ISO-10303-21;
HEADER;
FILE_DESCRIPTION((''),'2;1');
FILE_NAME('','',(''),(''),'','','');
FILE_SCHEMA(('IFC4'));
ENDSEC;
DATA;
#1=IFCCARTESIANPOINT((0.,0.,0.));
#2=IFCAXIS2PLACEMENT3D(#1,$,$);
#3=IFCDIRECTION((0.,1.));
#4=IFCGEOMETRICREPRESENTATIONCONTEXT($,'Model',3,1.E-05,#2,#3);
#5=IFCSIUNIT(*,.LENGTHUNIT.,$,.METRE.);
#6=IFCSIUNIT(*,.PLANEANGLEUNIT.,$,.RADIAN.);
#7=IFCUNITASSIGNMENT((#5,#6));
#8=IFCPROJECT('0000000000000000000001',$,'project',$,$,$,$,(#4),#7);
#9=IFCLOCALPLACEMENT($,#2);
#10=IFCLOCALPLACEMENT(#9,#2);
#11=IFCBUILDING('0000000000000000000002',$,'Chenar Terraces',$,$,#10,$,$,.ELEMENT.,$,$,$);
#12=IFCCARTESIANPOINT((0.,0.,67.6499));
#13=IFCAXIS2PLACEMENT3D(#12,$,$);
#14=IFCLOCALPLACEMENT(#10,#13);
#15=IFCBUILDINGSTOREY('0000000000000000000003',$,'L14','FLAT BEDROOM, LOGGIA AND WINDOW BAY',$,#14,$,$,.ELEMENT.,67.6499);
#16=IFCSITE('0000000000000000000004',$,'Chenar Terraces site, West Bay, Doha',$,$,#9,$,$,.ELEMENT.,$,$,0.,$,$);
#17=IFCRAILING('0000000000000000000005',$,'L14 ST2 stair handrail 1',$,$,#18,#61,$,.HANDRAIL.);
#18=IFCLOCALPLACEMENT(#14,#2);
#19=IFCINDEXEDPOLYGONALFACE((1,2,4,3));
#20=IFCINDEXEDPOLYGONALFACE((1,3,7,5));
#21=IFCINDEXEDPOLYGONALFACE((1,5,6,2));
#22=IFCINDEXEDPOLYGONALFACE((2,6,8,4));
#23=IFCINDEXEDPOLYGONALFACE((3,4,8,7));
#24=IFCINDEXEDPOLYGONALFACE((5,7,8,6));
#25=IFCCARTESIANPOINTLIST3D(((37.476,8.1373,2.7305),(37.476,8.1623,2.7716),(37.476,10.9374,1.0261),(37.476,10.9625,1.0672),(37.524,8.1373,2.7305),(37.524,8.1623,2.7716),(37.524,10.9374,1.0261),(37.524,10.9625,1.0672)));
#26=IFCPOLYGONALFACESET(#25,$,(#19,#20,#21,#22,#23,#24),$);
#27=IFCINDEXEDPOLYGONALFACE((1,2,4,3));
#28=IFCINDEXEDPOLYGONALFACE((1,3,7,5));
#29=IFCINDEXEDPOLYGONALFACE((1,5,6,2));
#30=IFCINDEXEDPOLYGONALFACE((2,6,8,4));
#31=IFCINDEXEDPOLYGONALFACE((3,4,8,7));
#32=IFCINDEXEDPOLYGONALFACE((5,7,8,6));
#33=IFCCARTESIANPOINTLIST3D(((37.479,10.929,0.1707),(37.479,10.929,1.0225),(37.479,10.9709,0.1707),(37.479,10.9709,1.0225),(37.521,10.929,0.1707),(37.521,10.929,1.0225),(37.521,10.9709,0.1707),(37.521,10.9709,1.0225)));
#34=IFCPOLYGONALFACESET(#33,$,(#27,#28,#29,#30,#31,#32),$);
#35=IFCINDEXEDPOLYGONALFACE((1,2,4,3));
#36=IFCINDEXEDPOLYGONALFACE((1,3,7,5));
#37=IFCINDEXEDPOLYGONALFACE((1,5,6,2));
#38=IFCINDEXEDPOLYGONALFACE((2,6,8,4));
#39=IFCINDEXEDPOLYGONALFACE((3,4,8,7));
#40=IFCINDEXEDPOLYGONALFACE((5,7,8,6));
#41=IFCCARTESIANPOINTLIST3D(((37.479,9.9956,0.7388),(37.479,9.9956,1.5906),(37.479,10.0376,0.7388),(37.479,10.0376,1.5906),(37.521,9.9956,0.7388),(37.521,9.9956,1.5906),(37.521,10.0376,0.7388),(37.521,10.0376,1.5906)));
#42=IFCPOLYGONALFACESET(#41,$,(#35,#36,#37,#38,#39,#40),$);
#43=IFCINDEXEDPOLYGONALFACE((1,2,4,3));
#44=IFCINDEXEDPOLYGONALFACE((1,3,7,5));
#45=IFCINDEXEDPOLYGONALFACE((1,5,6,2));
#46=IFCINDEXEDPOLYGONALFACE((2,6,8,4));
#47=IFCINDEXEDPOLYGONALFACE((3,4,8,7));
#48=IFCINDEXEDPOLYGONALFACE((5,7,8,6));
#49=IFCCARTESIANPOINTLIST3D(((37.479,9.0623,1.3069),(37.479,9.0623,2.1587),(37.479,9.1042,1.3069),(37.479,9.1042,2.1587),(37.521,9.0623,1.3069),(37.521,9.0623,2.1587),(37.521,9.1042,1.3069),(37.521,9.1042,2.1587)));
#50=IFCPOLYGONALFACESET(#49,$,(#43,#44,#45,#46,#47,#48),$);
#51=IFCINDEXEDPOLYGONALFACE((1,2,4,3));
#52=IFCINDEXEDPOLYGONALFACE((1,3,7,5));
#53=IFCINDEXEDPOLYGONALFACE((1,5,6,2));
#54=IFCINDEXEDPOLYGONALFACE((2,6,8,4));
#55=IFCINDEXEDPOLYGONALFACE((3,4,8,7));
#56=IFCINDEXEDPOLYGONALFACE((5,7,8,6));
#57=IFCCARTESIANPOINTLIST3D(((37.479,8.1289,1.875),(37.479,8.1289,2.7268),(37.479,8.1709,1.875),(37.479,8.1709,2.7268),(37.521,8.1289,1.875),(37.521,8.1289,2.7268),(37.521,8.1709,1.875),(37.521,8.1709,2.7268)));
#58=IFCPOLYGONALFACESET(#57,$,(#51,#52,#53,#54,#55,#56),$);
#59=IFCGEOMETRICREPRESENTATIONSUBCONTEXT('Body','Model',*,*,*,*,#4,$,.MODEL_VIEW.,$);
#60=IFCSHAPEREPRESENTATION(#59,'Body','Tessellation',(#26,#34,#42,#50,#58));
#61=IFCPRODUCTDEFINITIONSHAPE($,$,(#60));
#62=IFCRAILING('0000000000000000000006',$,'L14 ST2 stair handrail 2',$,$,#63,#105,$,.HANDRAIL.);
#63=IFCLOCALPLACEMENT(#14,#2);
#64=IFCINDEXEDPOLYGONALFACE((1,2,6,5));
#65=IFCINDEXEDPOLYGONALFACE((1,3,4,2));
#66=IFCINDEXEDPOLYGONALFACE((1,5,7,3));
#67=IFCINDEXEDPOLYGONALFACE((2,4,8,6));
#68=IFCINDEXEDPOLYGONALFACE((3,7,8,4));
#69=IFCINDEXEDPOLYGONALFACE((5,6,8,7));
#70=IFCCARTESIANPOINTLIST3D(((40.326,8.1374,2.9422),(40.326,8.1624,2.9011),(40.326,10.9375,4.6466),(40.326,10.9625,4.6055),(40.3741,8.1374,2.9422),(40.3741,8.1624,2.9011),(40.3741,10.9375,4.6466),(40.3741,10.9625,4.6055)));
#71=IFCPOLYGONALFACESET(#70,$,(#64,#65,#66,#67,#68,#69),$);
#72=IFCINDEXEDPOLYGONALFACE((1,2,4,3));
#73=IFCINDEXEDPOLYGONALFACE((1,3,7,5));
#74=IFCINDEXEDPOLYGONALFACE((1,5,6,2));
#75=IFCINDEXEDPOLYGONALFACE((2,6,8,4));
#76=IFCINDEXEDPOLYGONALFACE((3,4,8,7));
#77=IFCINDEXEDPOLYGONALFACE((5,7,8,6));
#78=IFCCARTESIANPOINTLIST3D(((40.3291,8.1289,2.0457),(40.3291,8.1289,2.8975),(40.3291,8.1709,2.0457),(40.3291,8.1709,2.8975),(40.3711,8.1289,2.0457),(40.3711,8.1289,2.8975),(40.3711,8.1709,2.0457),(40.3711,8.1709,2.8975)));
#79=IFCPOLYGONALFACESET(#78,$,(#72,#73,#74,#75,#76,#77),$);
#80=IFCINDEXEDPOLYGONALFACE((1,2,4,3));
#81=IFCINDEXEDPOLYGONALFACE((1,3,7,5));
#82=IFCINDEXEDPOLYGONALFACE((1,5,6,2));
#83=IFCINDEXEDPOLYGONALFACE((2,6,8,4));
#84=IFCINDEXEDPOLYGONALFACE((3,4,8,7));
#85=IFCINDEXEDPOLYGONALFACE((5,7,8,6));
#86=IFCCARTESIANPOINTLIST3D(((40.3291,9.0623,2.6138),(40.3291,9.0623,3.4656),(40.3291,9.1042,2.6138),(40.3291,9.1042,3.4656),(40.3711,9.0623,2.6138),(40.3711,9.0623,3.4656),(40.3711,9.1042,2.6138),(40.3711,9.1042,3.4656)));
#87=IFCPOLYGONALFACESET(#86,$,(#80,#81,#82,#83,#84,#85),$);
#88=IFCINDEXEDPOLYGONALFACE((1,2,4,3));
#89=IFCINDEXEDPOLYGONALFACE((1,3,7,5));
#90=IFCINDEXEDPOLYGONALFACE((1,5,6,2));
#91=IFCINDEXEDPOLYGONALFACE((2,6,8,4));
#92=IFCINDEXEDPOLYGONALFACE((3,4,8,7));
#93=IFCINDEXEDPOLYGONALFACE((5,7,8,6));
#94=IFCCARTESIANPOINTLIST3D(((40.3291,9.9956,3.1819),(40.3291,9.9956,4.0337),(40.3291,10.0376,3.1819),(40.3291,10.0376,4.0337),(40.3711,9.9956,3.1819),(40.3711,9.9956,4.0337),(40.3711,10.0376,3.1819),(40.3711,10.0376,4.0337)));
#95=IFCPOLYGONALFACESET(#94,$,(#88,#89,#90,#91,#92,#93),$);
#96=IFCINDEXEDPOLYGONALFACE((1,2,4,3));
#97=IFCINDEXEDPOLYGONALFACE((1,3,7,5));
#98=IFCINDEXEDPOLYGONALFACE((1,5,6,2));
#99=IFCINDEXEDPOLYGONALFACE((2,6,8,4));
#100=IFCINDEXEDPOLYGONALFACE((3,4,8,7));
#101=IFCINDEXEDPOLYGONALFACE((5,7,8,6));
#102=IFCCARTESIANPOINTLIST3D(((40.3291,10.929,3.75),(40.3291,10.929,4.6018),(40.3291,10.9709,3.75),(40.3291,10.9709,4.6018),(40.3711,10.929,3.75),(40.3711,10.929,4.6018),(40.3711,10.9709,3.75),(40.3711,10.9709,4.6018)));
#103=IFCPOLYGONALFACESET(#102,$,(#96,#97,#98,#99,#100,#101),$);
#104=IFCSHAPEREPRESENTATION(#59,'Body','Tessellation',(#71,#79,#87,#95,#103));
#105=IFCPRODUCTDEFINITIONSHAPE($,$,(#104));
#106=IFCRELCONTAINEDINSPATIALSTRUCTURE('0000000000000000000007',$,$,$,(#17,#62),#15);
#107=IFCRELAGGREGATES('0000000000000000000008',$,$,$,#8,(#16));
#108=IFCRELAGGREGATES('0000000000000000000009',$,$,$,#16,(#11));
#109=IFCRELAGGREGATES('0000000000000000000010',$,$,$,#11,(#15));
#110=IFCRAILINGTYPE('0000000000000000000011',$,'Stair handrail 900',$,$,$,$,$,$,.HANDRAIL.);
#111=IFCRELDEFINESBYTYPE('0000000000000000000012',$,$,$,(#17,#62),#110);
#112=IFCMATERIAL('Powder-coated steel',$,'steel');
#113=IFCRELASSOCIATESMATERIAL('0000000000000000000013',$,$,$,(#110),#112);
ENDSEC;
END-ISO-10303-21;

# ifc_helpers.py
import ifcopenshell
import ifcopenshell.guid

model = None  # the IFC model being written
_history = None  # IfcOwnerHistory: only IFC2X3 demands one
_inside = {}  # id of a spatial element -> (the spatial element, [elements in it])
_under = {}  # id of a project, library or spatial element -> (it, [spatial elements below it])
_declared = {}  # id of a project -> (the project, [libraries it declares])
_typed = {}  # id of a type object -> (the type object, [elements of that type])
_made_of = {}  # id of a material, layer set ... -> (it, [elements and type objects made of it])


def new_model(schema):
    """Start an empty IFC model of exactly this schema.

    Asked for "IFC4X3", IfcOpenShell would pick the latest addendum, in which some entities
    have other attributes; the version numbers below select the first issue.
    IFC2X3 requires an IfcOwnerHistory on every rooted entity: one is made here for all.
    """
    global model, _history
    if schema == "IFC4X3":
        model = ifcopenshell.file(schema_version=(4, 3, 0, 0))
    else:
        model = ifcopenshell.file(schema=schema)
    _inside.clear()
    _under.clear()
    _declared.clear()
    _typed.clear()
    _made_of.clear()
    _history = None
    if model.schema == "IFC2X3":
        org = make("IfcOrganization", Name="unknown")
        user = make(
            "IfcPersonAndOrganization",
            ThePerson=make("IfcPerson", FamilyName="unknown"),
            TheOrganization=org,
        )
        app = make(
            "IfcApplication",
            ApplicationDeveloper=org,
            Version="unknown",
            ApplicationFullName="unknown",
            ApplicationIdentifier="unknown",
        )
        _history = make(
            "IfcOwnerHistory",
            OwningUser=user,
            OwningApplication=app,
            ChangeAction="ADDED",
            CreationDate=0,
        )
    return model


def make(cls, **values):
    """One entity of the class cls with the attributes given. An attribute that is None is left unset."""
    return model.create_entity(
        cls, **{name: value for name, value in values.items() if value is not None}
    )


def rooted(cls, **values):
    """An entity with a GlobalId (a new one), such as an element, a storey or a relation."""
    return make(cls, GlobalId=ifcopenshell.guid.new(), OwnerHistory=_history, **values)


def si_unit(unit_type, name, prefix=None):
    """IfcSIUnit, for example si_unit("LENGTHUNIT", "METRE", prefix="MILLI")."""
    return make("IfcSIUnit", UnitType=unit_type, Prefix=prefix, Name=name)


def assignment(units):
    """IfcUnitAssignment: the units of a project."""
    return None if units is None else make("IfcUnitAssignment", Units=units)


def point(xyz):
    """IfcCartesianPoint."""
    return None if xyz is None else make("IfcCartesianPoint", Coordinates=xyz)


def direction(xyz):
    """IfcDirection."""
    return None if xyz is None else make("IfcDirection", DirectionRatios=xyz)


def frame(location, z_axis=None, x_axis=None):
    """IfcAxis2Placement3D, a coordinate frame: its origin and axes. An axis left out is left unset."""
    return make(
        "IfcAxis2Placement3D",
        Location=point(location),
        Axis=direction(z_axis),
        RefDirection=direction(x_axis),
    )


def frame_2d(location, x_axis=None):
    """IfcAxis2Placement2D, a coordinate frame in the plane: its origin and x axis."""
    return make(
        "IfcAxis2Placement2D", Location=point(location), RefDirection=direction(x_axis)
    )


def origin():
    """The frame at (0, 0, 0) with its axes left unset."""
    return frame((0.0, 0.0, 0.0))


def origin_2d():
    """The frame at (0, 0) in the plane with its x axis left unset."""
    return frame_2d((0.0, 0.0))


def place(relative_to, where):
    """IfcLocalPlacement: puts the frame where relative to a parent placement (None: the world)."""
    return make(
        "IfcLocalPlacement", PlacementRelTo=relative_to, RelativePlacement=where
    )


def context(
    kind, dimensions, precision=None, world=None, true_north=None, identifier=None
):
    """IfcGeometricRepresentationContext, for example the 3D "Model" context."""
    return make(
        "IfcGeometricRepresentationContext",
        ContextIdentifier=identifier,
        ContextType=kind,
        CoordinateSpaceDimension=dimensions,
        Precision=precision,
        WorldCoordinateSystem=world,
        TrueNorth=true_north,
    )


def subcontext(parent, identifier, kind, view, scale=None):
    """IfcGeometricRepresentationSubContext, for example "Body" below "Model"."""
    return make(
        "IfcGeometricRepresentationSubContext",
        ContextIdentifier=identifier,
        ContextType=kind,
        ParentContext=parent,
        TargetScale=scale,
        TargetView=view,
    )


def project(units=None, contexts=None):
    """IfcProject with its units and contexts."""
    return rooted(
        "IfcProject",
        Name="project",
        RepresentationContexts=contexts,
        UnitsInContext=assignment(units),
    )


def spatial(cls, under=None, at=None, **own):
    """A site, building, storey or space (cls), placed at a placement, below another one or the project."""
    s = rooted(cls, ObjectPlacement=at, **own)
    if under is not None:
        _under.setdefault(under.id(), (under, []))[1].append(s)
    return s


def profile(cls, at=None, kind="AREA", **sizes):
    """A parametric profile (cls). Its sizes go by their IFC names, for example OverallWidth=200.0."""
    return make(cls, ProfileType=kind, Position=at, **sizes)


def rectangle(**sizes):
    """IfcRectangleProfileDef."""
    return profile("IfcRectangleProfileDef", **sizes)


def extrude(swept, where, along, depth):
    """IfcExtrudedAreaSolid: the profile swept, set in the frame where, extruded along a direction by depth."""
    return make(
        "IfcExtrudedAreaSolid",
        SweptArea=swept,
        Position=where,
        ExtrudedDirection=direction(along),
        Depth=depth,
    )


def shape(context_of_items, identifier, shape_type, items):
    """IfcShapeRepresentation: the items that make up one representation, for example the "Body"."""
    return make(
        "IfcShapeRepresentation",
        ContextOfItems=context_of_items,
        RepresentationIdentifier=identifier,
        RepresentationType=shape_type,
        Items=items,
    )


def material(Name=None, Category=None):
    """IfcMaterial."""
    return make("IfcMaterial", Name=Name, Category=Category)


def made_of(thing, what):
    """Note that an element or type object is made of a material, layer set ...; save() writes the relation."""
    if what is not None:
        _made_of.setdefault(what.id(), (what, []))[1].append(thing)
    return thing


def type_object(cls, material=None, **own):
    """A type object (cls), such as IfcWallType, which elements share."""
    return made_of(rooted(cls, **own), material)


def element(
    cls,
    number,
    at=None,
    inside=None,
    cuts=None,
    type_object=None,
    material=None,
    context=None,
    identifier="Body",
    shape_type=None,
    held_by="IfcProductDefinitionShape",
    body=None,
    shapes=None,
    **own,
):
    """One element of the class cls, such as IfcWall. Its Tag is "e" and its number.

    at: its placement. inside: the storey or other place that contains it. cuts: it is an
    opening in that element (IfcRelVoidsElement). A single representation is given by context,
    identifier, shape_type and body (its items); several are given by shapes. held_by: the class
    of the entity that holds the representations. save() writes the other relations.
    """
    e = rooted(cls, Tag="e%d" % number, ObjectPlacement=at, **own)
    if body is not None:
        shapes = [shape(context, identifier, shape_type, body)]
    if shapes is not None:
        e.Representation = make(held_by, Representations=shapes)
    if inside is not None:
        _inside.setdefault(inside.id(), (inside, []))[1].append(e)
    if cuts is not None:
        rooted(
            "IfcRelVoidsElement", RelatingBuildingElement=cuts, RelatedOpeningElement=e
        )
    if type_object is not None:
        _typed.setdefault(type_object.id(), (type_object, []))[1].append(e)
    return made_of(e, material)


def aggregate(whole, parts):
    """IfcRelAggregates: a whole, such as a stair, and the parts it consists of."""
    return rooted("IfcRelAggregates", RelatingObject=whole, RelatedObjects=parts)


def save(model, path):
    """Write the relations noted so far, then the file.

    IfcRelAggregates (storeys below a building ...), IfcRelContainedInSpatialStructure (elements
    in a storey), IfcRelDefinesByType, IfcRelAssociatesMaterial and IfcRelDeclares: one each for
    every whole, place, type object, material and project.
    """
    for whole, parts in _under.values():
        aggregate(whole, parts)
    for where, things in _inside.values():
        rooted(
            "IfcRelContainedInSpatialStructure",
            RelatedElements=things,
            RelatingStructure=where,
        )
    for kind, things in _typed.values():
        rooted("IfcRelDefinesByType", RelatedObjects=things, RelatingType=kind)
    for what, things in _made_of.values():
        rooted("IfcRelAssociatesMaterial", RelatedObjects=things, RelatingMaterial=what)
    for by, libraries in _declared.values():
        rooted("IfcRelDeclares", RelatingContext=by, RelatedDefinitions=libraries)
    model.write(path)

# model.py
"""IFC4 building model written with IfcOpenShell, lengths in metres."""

from ifc_helpers import new_model, si_unit, direction, frame, origin, origin_2d, place, context, subcontext, project, spatial, rectangle, extrude, material, type_object, element, save


model = new_model("IFC4")

# Units and contexts
model_context = context("Model", 3, precision=1e-05, world=origin(), true_north=direction((0.0, 1.0)))
body_context = subcontext(model_context, "Body", "Model", "MODEL_VIEW")
ifc_project = project(units=[si_unit("LENGTHUNIT", "METRE"), si_unit("PLANEANGLEUNIT", "RADIAN")], contexts=[model_context])

# Site, building, storey
site_placement = place(None, origin())
site = spatial("IfcSite", under=ifc_project, at=site_placement, Name="Chenar Terraces site, West Bay, Doha", CompositionType="ELEMENT", RefElevation=0.0)
building_placement = place(site_placement, origin())
building = spatial("IfcBuilding", under=site, at=building_placement, Name="Chenar Terraces", CompositionType="ELEMENT")
storey_placement = place(building_placement, frame((0.0, 0.0, 67.6499)))
storey = spatial("IfcBuildingStorey", under=building, at=storey_placement, Name="L14", Description="FLAT BEDROOM, LOGGIA AND WINDOW BAY", CompositionType="ELEMENT", Elevation=67.6499)

# Railings
ifc_material_1 = material(Name="Powder-coated steel", Category="steel")
railing_type_1 = type_object("IfcRailingType", Name="Stair handrail 900", PredefinedType="HANDRAIL", material=ifc_material_1)
railing_1_placement = place(storey_placement, frame((37.5, 10.95, 0.1707)))
element("IfcRailing", 1, at=railing_1_placement, inside=storey, type_object=railing_type_1, Name="L14 ST2 stair handrail 1", PredefinedType="HANDRAIL", context=body_context, shape_type="SweptSolid", body=[
    extrude(rectangle(XDim=0.0481, YDim=0.0481, at=origin_2d()), frame((0.0, 0.0, 0.876), z_axis=(0.0, -0.854203, 0.51994), x_axis=(1.0, 0.0, 0.0)), (0.0, 0.0, 1.0), 3.2781),
    extrude(rectangle(XDim=0.042, YDim=0.042, at=origin_2d()), origin(), (0.0, 0.0, 1.0), 0.8518),
    extrude(rectangle(XDim=0.042, YDim=0.042, at=origin_2d()), frame((0.0, -0.9333, 0.5681)), (0.0, 0.0, 1.0), 0.8518),
    extrude(rectangle(XDim=0.042, YDim=0.042, at=origin_2d()), frame((0.0, -1.8667, 1.1362)), (0.0, 0.0, 1.0), 0.8518),
    extrude(rectangle(XDim=0.042, YDim=0.042, at=origin_2d()), frame((0.0, -2.8, 1.7043)), (0.0, 0.0, 1.0), 0.8518),
])
railing_2_placement = place(storey_placement, frame((40.3501, 8.1499, 2.0457)))
element("IfcRailing", 2, at=railing_2_placement, inside=storey, type_object=railing_type_1, Name="L14 ST2 stair handrail 2", PredefinedType="HANDRAIL", context=body_context, shape_type="SweptSolid", body=[
    extrude(rectangle(XDim=0.0481, YDim=0.0481, at=origin_2d()), frame((0.0, 0.0, 0.876), z_axis=(0.0, 0.854203, 0.51994), x_axis=(-1.0, 0.0, 0.0)), (0.0, 0.0, 1.0), 3.2781),
    extrude(rectangle(XDim=0.042, YDim=0.042, at=origin_2d()), origin(), (0.0, 0.0, 1.0), 0.8518),
    extrude(rectangle(XDim=0.042, YDim=0.042, at=origin_2d()), frame((0.0, 0.9333, 0.5681)), (0.0, 0.0, 1.0), 0.8518),
    extrude(rectangle(XDim=0.042, YDim=0.042, at=origin_2d()), frame((0.0, 1.8667, 1.1362)), (0.0, 0.0, 1.0), 0.8518),
    extrude(rectangle(XDim=0.042, YDim=0.042, at=origin_2d()), frame((0.0, 2.8, 1.7043)), (0.0, 0.0, 1.0), 0.8518),
])

save(model, "model.ifc")
